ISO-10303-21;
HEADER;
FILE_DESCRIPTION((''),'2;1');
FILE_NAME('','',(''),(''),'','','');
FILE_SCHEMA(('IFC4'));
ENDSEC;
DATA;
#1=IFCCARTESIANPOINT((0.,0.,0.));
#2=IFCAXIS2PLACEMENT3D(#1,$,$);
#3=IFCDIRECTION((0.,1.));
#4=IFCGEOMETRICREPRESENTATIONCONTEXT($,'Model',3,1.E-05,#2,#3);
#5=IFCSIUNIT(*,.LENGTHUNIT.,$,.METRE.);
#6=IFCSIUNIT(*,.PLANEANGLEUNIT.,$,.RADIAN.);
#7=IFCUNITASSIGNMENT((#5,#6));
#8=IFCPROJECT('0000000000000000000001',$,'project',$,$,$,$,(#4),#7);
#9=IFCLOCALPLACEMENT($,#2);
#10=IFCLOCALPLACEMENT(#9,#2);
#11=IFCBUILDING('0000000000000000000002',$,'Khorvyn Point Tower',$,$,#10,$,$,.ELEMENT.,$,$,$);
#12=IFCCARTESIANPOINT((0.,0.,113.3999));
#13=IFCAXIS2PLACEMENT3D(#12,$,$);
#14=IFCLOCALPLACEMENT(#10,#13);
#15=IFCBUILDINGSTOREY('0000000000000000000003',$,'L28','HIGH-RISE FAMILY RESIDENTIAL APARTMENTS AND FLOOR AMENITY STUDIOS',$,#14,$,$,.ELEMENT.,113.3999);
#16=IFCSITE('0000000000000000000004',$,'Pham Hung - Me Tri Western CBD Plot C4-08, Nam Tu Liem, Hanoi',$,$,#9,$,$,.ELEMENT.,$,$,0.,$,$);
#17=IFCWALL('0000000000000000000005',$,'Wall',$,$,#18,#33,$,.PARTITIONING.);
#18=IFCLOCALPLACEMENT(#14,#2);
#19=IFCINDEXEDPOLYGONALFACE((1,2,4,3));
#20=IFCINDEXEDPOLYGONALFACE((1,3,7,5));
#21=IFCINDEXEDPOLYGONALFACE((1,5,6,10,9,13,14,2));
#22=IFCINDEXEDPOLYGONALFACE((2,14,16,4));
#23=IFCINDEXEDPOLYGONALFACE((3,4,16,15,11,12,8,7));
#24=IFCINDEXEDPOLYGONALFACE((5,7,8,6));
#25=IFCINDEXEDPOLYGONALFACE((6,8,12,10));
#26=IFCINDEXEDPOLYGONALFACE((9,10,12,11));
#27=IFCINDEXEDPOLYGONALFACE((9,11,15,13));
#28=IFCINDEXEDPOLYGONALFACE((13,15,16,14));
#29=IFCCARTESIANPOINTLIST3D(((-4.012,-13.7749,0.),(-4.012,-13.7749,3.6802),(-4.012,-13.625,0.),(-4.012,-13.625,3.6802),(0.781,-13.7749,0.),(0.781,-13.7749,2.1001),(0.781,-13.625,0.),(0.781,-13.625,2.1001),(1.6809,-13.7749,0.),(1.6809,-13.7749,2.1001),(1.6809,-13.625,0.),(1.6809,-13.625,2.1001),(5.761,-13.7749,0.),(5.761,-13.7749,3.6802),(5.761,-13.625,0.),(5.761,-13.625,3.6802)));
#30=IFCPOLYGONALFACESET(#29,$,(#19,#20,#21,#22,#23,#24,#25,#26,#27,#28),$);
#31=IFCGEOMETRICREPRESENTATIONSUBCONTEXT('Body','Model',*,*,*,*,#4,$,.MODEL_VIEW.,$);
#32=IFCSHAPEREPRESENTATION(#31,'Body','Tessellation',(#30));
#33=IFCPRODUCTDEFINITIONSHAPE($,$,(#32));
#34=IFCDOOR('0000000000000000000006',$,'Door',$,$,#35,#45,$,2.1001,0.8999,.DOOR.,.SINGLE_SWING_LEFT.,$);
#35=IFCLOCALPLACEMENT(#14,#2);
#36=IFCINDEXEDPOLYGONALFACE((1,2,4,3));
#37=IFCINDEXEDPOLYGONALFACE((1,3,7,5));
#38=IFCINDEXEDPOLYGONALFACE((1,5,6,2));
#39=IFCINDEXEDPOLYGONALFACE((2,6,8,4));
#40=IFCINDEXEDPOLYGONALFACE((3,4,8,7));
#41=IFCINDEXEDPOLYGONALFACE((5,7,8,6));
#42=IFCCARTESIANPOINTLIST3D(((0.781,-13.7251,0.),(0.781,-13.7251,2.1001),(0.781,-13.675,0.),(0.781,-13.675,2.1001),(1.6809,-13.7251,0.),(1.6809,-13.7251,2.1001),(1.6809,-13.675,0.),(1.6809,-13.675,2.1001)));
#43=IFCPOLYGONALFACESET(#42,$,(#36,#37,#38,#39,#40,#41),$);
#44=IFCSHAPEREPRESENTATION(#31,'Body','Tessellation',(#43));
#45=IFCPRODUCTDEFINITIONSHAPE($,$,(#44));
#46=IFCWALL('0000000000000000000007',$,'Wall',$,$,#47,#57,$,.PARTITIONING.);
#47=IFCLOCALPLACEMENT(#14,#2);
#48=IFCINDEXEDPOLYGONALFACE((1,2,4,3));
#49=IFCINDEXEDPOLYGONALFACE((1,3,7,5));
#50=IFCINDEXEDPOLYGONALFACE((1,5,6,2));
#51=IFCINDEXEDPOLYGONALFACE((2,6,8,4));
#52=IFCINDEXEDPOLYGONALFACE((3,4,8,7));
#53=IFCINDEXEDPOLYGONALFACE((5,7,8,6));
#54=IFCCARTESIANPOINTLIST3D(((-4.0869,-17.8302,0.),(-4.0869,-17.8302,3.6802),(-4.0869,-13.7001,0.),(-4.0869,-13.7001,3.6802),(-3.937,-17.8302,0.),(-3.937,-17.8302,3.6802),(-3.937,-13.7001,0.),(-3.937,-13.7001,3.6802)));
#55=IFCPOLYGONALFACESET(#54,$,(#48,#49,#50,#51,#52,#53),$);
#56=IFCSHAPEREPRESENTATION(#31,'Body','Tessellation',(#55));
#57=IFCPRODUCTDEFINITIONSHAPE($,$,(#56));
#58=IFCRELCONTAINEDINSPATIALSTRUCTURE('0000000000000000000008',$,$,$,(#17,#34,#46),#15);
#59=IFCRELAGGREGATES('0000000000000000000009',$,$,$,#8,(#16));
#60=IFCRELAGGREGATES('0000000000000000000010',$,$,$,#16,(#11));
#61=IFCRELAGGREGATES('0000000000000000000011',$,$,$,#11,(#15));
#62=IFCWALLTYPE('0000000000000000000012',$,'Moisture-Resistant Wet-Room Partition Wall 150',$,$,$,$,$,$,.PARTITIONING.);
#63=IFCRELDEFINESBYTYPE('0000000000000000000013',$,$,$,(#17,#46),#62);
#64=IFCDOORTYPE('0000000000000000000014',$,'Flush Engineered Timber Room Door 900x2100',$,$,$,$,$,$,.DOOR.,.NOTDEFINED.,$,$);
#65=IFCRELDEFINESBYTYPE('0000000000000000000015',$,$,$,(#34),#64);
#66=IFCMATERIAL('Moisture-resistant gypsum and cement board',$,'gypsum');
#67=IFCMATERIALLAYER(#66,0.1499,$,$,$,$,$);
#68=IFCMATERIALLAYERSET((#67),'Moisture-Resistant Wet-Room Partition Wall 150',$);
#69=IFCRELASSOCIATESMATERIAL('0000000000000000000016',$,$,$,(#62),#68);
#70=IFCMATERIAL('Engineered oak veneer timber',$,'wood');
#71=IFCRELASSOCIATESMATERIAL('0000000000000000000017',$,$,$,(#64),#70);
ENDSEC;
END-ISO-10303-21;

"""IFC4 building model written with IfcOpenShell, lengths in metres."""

from ifc_helpers import new_model, si_unit, direction, frame, frame_2d, origin, place, context, subcontext, project, spatial, rectangle, extrude, material, layer, layer_set, type_object, element, fill, save


model = new_model("IFC4")

# Units and contexts
model_context = context("Model", 3, precision=1e-05, world=origin(), true_north=direction((0.0, 1.0)))
body_context = subcontext(model_context, "Body", "Model", "MODEL_VIEW")
ifc_project = project(units=[si_unit("LENGTHUNIT", "METRE"), si_unit("PLANEANGLEUNIT", "RADIAN")], contexts=[model_context])

# Site, building, storey
site_placement = place(None, origin())
site = spatial("IfcSite", under=ifc_project, at=site_placement, Name="Pham Hung - Me Tri Western CBD Plot C4-08, Nam Tu Liem, Hanoi", CompositionType="ELEMENT", RefElevation=0.0)
building_placement = place(site_placement, origin())
building = spatial("IfcBuilding", under=site, at=building_placement, Name="Khorvyn Point Tower", CompositionType="ELEMENT")
storey_placement = place(building_placement, frame((0.0, 0.0, 113.3999)))
storey = spatial("IfcBuildingStorey", under=building, at=storey_placement, Name="L28", Description="HIGH-RISE FAMILY RESIDENTIAL APARTMENTS AND FLOOR AMENITY STUDIOS", CompositionType="ELEMENT", Elevation=113.3999)

# Wall, opening, door
ifc_material_1 = material(Name="Moisture-resistant gypsum and cement board", Category="gypsum")
ifc_layer_1 = layer(ifc_material_1, 0.1499)
ifc_layer_set_1 = layer_set([ifc_layer_1], Name="Moisture-Resistant Wet-Room Partition Wall 150")
wall_type_1 = type_object("IfcWallType", Name="Moisture-Resistant Wet-Room Partition Wall 150", PredefinedType="PARTITIONING", material=ifc_layer_set_1)
wall_1_placement = place(storey_placement, frame((-4.012, -13.7, 0.0), z_axis=(0.0, 0.0, 1.0), x_axis=(1.0, 0.0, 0.0)))
wall_1 = element("IfcWall", 1, at=wall_1_placement, inside=storey, type_object=wall_type_1, Name="Wall", PredefinedType="PARTITIONING", context=body_context, shape_type="SweptSolid", body=[
    extrude(rectangle(XDim=9.7729, YDim=0.1499, at=frame_2d((4.8865, 0.0))), origin(), (0.0, 0.0, 1.0), 3.6802),
])
opening_1_placement = place(wall_1_placement, frame((4.793, 0.0, 0.0)))
opening_1 = element("IfcOpeningElement", 2, at=opening_1_placement, cuts=wall_1, PredefinedType="OPENING", context=body_context, shape_type="SweptSolid", body=[
    extrude(rectangle(XDim=0.8999, YDim=2.1001, at=frame_2d((0.45, 1.05))), frame((0.0, 0.085, 0.0), z_axis=(0.0, -1.0, 0.0), x_axis=(1.0, 0.0, 0.0)), (0.0, 0.0, 1.0), 0.1699),
])
ifc_material_2 = material(Name="Engineered oak veneer timber", Category="wood")
door_type_1 = type_object("IfcDoorType", Name="Flush Engineered Timber Room Door 900x2100", OperationType="NOTDEFINED", PredefinedType="DOOR", material=ifc_material_2)
door_1_placement = place(opening_1_placement, origin())
door_1 = element("IfcDoor", 3, at=door_1_placement, inside=storey, type_object=door_type_1, Name="Door", OperationType="SINGLE_SWING_LEFT", OverallHeight=2.1001, OverallWidth=0.8999, PredefinedType="DOOR", context=body_context, shape_type="SweptSolid", body=[
    extrude(rectangle(XDim=0.8999, YDim=2.1001, at=frame_2d((0.45, 1.05))), frame((0.0, 0.0249, 0.0), z_axis=(0.0, -1.0, 0.0), x_axis=(1.0, 0.0, 0.0)), (0.0, 0.0, 1.0), 0.05),
])
fill(opening_1, door_1)

# Wall
wall_2_placement = place(storey_placement, frame((-4.012, -17.8301, 0.0), z_axis=(0.0, 0.0, 1.0), x_axis=(0.0, 1.0, 0.0)))
element("IfcWall", 4, at=wall_2_placement, inside=storey, type_object=wall_type_1, Name="Wall", PredefinedType="PARTITIONING", context=body_context, shape_type="SweptSolid", body=[
    extrude(rectangle(XDim=4.1301, YDim=0.1499, at=frame_2d((2.0649, 0.0))), origin(), (0.0, 0.0, 1.0), 3.6802),
])

save(model, "model.ifc")
